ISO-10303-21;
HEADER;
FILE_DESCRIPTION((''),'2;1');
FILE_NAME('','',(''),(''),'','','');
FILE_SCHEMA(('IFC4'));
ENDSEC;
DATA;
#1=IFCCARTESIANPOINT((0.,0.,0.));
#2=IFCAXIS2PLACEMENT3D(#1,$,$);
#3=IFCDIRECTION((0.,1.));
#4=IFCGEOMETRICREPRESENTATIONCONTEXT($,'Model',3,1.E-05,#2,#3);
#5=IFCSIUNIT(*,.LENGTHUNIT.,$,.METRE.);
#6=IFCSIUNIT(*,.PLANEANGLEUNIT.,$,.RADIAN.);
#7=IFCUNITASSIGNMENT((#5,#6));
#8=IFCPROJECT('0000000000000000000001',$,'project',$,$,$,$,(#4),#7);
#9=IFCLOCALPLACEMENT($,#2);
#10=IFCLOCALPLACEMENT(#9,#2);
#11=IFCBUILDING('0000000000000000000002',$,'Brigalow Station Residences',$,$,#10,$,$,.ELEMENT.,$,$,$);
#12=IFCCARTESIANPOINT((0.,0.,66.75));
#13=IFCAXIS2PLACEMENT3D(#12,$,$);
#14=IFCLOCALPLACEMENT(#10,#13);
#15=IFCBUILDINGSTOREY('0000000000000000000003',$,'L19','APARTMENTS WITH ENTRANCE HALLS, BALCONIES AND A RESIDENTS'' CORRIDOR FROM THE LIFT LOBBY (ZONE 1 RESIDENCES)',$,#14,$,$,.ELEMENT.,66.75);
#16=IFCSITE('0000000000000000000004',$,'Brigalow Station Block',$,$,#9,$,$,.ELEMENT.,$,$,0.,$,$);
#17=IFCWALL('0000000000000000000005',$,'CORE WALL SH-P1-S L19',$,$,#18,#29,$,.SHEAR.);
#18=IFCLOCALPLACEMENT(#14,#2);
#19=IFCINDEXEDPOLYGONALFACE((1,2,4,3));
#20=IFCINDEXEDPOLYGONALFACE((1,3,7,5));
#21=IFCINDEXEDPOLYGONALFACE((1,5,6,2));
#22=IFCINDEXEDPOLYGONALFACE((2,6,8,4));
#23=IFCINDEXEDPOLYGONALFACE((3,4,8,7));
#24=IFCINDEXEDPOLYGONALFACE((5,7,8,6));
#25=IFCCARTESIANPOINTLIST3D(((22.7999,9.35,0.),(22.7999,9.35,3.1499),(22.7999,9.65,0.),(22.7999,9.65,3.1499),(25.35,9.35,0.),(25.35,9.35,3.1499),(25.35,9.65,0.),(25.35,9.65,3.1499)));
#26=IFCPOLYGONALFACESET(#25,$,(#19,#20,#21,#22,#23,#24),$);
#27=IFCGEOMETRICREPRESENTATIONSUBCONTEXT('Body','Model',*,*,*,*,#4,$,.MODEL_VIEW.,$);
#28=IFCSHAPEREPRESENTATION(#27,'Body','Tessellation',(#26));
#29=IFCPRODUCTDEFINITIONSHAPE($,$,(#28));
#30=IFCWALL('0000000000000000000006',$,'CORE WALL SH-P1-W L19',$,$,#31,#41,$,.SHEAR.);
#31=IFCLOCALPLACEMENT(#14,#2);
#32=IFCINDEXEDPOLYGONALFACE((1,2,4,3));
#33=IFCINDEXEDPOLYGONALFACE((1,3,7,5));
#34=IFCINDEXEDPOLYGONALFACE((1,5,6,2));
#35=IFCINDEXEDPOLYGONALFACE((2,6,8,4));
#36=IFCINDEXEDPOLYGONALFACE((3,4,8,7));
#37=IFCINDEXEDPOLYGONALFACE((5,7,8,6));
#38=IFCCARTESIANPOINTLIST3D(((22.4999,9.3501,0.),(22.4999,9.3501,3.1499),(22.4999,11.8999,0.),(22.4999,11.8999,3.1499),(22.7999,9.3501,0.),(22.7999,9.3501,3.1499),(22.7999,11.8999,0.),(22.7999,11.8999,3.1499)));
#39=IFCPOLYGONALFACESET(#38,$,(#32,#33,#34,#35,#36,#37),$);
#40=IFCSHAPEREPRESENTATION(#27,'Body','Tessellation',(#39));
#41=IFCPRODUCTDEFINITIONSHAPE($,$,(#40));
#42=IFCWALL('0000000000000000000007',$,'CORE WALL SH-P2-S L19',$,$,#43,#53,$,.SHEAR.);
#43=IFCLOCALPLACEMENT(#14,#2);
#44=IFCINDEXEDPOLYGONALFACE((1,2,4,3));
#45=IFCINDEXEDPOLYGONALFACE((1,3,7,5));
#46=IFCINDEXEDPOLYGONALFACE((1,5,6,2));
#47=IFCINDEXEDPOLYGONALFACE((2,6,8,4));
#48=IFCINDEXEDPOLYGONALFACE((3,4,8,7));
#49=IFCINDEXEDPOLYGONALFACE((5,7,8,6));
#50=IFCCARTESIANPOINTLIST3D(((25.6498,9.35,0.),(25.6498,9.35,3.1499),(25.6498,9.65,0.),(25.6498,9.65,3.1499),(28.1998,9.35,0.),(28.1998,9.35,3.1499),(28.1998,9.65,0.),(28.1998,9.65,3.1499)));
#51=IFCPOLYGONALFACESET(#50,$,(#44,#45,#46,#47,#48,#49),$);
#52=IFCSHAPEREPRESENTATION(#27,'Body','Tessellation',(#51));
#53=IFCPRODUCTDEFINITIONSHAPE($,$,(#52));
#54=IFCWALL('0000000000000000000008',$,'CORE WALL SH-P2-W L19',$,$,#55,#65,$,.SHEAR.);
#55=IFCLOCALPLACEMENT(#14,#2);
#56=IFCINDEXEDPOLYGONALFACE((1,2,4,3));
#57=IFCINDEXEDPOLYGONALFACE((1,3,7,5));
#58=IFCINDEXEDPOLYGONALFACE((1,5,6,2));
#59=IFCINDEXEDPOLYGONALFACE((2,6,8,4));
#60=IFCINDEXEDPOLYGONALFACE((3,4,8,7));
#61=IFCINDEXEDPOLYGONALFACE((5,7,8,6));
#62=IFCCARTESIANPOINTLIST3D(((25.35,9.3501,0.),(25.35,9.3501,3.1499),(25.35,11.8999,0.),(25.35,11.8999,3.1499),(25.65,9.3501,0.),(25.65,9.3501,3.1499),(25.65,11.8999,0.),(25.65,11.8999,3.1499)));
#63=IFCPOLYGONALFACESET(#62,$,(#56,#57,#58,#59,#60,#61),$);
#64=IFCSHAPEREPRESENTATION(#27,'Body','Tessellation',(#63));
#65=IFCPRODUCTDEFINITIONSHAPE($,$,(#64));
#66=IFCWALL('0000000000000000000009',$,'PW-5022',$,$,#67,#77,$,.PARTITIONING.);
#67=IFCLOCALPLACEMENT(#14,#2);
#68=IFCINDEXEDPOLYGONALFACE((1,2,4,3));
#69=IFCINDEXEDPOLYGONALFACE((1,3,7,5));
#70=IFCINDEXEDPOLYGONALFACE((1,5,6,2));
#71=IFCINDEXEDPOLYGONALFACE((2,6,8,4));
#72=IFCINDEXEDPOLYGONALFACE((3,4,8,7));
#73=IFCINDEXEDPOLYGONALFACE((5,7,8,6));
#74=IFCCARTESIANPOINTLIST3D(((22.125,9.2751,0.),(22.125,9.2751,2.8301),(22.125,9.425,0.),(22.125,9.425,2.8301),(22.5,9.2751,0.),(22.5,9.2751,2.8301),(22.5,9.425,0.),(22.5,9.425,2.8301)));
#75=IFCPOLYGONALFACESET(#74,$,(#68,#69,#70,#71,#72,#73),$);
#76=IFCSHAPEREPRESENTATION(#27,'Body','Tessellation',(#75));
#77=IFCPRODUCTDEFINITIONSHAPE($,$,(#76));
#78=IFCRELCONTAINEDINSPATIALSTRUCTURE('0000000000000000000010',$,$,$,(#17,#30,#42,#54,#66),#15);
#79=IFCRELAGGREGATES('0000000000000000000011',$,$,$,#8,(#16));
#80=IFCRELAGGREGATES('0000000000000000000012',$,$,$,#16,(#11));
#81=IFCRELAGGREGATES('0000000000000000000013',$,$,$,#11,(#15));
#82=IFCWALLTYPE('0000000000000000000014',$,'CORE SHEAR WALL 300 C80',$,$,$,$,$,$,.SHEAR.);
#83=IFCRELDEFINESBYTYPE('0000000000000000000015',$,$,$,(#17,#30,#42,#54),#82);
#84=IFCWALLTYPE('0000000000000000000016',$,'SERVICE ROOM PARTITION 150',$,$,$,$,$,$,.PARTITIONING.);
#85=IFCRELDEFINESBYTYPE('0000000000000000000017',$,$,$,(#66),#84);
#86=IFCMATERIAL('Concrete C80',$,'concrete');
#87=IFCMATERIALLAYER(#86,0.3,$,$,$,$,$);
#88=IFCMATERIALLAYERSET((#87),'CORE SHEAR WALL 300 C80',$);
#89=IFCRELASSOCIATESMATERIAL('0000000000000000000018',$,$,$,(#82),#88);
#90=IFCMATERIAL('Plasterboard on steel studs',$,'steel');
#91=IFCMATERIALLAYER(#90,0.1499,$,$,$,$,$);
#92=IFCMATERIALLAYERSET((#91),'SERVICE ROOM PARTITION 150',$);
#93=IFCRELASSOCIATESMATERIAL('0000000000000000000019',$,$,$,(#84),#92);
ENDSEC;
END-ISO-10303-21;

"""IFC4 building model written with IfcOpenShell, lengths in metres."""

from ifc_helpers import new_model, si_unit, direction, frame, frame_2d, origin, place, context, subcontext, project, spatial, rectangle, extrude, material, layer, layer_set, type_object, element, save


model = new_model("IFC4")

# Units and contexts
model_context = context("Model", 3, precision=1e-05, world=origin(), true_north=direction((0.0, 1.0)))
body_context = subcontext(model_context, "Body", "Model", "MODEL_VIEW")
ifc_project = project(units=[si_unit("LENGTHUNIT", "METRE"), si_unit("PLANEANGLEUNIT", "RADIAN")], contexts=[model_context])

# Site, building, storey
site_placement = place(None, origin())
site = spatial("IfcSite", under=ifc_project, at=site_placement, Name="Brigalow Station Block", CompositionType="ELEMENT", RefElevation=0.0)
building_placement = place(site_placement, origin())
building = spatial("IfcBuilding", under=site, at=building_placement, Name="Brigalow Station Residences", CompositionType="ELEMENT")
storey_placement = place(building_placement, frame((0.0, 0.0, 66.75)))
storey = spatial("IfcBuildingStorey", under=building, at=storey_placement, Name="L19", Description="APARTMENTS WITH ENTRANCE HALLS, BALCONIES AND A RESIDENTS' CORRIDOR FROM THE LIFT LOBBY (ZONE 1 RESIDENCES)", CompositionType="ELEMENT", Elevation=66.75)

# Walls
ifc_material_1 = material(Name="Concrete C80", Category="concrete")
ifc_layer_1 = layer(ifc_material_1, 0.3)
ifc_layer_set_1 = layer_set([ifc_layer_1], Name="CORE SHEAR WALL 300 C80")
wall_type_1 = type_object("IfcWallType", Name="CORE SHEAR WALL 300 C80", PredefinedType="SHEAR", material=ifc_layer_set_1)
wall_1_placement = place(storey_placement, frame((22.8, 9.5, 0.0), z_axis=(0.0, 0.0, 1.0), x_axis=(1.0, 0.0, 0.0)))
element("IfcWall", 1, at=wall_1_placement, inside=storey, type_object=wall_type_1, Name="CORE WALL SH-P1-S L19", PredefinedType="SHEAR", context=body_context, shape_type="SweptSolid", body=[
    extrude(rectangle(XDim=2.55, YDim=0.3, at=frame_2d((1.2749, 0.0))), origin(), (0.0, 0.0, 1.0), 3.1499),
])
wall_2_placement = place(storey_placement, frame((22.6499, 9.3501, 0.0), z_axis=(0.0, 0.0, 1.0), x_axis=(0.0, 1.0, 0.0)))
element("IfcWall", 2, at=wall_2_placement, inside=storey, type_object=wall_type_1, Name="CORE WALL SH-P1-W L19", PredefinedType="SHEAR", context=body_context, shape_type="SweptSolid", body=[
    extrude(rectangle(XDim=2.5498, YDim=0.3, at=frame_2d((1.2749, 0.0))), origin(), (0.0, 0.0, 1.0), 3.1499),
])
wall_3_placement = place(storey_placement, frame((25.6499, 9.5, 0.0), z_axis=(0.0, 0.0, 1.0), x_axis=(1.0, 0.0, 0.0)))
element("IfcWall", 3, at=wall_3_placement, inside=storey, type_object=wall_type_1, Name="CORE WALL SH-P2-S L19", PredefinedType="SHEAR", context=body_context, shape_type="SweptSolid", body=[
    extrude(rectangle(XDim=2.55, YDim=0.3, at=frame_2d((1.2749, 0.0))), origin(), (0.0, 0.0, 1.0), 3.1499),
])
wall_4_placement = place(storey_placement, frame((25.5, 9.3501, 0.0), z_axis=(0.0, 0.0, 1.0), x_axis=(0.0, 1.0, 0.0)))
element("IfcWall", 4, at=wall_4_placement, inside=storey, type_object=wall_type_1, Name="CORE WALL SH-P2-W L19", PredefinedType="SHEAR", context=body_context, shape_type="SweptSolid", body=[
    extrude(rectangle(XDim=2.5498, YDim=0.3, at=frame_2d((1.2749, 0.0))), origin(), (0.0, 0.0, 1.0), 3.1499),
])

# Wall
ifc_material_2 = material(Name="Plasterboard on steel studs", Category="steel")
ifc_layer_2 = layer(ifc_material_2, 0.1499)
ifc_layer_set_2 = layer_set([ifc_layer_2], Name="SERVICE ROOM PARTITION 150")
wall_type_2 = type_object("IfcWallType", Name="SERVICE ROOM PARTITION 150", PredefinedType="PARTITIONING", material=ifc_layer_set_2)
wall_5_placement = place(storey_placement, frame((22.125, 9.3501, 0.0), z_axis=(0.0, 0.0, 1.0), x_axis=(1.0, 0.0, 0.0)))
element("IfcWall", 5, at=wall_5_placement, inside=storey, type_object=wall_type_2, Name="PW-5022", PredefinedType="PARTITIONING", context=body_context, shape_type="SweptSolid", body=[
    extrude(rectangle(XDim=0.375, YDim=0.1499, at=frame_2d((0.1875, 0.0))), origin(), (0.0, 0.0, 1.0), 2.8301),
])

save(model, "model.ifc")
